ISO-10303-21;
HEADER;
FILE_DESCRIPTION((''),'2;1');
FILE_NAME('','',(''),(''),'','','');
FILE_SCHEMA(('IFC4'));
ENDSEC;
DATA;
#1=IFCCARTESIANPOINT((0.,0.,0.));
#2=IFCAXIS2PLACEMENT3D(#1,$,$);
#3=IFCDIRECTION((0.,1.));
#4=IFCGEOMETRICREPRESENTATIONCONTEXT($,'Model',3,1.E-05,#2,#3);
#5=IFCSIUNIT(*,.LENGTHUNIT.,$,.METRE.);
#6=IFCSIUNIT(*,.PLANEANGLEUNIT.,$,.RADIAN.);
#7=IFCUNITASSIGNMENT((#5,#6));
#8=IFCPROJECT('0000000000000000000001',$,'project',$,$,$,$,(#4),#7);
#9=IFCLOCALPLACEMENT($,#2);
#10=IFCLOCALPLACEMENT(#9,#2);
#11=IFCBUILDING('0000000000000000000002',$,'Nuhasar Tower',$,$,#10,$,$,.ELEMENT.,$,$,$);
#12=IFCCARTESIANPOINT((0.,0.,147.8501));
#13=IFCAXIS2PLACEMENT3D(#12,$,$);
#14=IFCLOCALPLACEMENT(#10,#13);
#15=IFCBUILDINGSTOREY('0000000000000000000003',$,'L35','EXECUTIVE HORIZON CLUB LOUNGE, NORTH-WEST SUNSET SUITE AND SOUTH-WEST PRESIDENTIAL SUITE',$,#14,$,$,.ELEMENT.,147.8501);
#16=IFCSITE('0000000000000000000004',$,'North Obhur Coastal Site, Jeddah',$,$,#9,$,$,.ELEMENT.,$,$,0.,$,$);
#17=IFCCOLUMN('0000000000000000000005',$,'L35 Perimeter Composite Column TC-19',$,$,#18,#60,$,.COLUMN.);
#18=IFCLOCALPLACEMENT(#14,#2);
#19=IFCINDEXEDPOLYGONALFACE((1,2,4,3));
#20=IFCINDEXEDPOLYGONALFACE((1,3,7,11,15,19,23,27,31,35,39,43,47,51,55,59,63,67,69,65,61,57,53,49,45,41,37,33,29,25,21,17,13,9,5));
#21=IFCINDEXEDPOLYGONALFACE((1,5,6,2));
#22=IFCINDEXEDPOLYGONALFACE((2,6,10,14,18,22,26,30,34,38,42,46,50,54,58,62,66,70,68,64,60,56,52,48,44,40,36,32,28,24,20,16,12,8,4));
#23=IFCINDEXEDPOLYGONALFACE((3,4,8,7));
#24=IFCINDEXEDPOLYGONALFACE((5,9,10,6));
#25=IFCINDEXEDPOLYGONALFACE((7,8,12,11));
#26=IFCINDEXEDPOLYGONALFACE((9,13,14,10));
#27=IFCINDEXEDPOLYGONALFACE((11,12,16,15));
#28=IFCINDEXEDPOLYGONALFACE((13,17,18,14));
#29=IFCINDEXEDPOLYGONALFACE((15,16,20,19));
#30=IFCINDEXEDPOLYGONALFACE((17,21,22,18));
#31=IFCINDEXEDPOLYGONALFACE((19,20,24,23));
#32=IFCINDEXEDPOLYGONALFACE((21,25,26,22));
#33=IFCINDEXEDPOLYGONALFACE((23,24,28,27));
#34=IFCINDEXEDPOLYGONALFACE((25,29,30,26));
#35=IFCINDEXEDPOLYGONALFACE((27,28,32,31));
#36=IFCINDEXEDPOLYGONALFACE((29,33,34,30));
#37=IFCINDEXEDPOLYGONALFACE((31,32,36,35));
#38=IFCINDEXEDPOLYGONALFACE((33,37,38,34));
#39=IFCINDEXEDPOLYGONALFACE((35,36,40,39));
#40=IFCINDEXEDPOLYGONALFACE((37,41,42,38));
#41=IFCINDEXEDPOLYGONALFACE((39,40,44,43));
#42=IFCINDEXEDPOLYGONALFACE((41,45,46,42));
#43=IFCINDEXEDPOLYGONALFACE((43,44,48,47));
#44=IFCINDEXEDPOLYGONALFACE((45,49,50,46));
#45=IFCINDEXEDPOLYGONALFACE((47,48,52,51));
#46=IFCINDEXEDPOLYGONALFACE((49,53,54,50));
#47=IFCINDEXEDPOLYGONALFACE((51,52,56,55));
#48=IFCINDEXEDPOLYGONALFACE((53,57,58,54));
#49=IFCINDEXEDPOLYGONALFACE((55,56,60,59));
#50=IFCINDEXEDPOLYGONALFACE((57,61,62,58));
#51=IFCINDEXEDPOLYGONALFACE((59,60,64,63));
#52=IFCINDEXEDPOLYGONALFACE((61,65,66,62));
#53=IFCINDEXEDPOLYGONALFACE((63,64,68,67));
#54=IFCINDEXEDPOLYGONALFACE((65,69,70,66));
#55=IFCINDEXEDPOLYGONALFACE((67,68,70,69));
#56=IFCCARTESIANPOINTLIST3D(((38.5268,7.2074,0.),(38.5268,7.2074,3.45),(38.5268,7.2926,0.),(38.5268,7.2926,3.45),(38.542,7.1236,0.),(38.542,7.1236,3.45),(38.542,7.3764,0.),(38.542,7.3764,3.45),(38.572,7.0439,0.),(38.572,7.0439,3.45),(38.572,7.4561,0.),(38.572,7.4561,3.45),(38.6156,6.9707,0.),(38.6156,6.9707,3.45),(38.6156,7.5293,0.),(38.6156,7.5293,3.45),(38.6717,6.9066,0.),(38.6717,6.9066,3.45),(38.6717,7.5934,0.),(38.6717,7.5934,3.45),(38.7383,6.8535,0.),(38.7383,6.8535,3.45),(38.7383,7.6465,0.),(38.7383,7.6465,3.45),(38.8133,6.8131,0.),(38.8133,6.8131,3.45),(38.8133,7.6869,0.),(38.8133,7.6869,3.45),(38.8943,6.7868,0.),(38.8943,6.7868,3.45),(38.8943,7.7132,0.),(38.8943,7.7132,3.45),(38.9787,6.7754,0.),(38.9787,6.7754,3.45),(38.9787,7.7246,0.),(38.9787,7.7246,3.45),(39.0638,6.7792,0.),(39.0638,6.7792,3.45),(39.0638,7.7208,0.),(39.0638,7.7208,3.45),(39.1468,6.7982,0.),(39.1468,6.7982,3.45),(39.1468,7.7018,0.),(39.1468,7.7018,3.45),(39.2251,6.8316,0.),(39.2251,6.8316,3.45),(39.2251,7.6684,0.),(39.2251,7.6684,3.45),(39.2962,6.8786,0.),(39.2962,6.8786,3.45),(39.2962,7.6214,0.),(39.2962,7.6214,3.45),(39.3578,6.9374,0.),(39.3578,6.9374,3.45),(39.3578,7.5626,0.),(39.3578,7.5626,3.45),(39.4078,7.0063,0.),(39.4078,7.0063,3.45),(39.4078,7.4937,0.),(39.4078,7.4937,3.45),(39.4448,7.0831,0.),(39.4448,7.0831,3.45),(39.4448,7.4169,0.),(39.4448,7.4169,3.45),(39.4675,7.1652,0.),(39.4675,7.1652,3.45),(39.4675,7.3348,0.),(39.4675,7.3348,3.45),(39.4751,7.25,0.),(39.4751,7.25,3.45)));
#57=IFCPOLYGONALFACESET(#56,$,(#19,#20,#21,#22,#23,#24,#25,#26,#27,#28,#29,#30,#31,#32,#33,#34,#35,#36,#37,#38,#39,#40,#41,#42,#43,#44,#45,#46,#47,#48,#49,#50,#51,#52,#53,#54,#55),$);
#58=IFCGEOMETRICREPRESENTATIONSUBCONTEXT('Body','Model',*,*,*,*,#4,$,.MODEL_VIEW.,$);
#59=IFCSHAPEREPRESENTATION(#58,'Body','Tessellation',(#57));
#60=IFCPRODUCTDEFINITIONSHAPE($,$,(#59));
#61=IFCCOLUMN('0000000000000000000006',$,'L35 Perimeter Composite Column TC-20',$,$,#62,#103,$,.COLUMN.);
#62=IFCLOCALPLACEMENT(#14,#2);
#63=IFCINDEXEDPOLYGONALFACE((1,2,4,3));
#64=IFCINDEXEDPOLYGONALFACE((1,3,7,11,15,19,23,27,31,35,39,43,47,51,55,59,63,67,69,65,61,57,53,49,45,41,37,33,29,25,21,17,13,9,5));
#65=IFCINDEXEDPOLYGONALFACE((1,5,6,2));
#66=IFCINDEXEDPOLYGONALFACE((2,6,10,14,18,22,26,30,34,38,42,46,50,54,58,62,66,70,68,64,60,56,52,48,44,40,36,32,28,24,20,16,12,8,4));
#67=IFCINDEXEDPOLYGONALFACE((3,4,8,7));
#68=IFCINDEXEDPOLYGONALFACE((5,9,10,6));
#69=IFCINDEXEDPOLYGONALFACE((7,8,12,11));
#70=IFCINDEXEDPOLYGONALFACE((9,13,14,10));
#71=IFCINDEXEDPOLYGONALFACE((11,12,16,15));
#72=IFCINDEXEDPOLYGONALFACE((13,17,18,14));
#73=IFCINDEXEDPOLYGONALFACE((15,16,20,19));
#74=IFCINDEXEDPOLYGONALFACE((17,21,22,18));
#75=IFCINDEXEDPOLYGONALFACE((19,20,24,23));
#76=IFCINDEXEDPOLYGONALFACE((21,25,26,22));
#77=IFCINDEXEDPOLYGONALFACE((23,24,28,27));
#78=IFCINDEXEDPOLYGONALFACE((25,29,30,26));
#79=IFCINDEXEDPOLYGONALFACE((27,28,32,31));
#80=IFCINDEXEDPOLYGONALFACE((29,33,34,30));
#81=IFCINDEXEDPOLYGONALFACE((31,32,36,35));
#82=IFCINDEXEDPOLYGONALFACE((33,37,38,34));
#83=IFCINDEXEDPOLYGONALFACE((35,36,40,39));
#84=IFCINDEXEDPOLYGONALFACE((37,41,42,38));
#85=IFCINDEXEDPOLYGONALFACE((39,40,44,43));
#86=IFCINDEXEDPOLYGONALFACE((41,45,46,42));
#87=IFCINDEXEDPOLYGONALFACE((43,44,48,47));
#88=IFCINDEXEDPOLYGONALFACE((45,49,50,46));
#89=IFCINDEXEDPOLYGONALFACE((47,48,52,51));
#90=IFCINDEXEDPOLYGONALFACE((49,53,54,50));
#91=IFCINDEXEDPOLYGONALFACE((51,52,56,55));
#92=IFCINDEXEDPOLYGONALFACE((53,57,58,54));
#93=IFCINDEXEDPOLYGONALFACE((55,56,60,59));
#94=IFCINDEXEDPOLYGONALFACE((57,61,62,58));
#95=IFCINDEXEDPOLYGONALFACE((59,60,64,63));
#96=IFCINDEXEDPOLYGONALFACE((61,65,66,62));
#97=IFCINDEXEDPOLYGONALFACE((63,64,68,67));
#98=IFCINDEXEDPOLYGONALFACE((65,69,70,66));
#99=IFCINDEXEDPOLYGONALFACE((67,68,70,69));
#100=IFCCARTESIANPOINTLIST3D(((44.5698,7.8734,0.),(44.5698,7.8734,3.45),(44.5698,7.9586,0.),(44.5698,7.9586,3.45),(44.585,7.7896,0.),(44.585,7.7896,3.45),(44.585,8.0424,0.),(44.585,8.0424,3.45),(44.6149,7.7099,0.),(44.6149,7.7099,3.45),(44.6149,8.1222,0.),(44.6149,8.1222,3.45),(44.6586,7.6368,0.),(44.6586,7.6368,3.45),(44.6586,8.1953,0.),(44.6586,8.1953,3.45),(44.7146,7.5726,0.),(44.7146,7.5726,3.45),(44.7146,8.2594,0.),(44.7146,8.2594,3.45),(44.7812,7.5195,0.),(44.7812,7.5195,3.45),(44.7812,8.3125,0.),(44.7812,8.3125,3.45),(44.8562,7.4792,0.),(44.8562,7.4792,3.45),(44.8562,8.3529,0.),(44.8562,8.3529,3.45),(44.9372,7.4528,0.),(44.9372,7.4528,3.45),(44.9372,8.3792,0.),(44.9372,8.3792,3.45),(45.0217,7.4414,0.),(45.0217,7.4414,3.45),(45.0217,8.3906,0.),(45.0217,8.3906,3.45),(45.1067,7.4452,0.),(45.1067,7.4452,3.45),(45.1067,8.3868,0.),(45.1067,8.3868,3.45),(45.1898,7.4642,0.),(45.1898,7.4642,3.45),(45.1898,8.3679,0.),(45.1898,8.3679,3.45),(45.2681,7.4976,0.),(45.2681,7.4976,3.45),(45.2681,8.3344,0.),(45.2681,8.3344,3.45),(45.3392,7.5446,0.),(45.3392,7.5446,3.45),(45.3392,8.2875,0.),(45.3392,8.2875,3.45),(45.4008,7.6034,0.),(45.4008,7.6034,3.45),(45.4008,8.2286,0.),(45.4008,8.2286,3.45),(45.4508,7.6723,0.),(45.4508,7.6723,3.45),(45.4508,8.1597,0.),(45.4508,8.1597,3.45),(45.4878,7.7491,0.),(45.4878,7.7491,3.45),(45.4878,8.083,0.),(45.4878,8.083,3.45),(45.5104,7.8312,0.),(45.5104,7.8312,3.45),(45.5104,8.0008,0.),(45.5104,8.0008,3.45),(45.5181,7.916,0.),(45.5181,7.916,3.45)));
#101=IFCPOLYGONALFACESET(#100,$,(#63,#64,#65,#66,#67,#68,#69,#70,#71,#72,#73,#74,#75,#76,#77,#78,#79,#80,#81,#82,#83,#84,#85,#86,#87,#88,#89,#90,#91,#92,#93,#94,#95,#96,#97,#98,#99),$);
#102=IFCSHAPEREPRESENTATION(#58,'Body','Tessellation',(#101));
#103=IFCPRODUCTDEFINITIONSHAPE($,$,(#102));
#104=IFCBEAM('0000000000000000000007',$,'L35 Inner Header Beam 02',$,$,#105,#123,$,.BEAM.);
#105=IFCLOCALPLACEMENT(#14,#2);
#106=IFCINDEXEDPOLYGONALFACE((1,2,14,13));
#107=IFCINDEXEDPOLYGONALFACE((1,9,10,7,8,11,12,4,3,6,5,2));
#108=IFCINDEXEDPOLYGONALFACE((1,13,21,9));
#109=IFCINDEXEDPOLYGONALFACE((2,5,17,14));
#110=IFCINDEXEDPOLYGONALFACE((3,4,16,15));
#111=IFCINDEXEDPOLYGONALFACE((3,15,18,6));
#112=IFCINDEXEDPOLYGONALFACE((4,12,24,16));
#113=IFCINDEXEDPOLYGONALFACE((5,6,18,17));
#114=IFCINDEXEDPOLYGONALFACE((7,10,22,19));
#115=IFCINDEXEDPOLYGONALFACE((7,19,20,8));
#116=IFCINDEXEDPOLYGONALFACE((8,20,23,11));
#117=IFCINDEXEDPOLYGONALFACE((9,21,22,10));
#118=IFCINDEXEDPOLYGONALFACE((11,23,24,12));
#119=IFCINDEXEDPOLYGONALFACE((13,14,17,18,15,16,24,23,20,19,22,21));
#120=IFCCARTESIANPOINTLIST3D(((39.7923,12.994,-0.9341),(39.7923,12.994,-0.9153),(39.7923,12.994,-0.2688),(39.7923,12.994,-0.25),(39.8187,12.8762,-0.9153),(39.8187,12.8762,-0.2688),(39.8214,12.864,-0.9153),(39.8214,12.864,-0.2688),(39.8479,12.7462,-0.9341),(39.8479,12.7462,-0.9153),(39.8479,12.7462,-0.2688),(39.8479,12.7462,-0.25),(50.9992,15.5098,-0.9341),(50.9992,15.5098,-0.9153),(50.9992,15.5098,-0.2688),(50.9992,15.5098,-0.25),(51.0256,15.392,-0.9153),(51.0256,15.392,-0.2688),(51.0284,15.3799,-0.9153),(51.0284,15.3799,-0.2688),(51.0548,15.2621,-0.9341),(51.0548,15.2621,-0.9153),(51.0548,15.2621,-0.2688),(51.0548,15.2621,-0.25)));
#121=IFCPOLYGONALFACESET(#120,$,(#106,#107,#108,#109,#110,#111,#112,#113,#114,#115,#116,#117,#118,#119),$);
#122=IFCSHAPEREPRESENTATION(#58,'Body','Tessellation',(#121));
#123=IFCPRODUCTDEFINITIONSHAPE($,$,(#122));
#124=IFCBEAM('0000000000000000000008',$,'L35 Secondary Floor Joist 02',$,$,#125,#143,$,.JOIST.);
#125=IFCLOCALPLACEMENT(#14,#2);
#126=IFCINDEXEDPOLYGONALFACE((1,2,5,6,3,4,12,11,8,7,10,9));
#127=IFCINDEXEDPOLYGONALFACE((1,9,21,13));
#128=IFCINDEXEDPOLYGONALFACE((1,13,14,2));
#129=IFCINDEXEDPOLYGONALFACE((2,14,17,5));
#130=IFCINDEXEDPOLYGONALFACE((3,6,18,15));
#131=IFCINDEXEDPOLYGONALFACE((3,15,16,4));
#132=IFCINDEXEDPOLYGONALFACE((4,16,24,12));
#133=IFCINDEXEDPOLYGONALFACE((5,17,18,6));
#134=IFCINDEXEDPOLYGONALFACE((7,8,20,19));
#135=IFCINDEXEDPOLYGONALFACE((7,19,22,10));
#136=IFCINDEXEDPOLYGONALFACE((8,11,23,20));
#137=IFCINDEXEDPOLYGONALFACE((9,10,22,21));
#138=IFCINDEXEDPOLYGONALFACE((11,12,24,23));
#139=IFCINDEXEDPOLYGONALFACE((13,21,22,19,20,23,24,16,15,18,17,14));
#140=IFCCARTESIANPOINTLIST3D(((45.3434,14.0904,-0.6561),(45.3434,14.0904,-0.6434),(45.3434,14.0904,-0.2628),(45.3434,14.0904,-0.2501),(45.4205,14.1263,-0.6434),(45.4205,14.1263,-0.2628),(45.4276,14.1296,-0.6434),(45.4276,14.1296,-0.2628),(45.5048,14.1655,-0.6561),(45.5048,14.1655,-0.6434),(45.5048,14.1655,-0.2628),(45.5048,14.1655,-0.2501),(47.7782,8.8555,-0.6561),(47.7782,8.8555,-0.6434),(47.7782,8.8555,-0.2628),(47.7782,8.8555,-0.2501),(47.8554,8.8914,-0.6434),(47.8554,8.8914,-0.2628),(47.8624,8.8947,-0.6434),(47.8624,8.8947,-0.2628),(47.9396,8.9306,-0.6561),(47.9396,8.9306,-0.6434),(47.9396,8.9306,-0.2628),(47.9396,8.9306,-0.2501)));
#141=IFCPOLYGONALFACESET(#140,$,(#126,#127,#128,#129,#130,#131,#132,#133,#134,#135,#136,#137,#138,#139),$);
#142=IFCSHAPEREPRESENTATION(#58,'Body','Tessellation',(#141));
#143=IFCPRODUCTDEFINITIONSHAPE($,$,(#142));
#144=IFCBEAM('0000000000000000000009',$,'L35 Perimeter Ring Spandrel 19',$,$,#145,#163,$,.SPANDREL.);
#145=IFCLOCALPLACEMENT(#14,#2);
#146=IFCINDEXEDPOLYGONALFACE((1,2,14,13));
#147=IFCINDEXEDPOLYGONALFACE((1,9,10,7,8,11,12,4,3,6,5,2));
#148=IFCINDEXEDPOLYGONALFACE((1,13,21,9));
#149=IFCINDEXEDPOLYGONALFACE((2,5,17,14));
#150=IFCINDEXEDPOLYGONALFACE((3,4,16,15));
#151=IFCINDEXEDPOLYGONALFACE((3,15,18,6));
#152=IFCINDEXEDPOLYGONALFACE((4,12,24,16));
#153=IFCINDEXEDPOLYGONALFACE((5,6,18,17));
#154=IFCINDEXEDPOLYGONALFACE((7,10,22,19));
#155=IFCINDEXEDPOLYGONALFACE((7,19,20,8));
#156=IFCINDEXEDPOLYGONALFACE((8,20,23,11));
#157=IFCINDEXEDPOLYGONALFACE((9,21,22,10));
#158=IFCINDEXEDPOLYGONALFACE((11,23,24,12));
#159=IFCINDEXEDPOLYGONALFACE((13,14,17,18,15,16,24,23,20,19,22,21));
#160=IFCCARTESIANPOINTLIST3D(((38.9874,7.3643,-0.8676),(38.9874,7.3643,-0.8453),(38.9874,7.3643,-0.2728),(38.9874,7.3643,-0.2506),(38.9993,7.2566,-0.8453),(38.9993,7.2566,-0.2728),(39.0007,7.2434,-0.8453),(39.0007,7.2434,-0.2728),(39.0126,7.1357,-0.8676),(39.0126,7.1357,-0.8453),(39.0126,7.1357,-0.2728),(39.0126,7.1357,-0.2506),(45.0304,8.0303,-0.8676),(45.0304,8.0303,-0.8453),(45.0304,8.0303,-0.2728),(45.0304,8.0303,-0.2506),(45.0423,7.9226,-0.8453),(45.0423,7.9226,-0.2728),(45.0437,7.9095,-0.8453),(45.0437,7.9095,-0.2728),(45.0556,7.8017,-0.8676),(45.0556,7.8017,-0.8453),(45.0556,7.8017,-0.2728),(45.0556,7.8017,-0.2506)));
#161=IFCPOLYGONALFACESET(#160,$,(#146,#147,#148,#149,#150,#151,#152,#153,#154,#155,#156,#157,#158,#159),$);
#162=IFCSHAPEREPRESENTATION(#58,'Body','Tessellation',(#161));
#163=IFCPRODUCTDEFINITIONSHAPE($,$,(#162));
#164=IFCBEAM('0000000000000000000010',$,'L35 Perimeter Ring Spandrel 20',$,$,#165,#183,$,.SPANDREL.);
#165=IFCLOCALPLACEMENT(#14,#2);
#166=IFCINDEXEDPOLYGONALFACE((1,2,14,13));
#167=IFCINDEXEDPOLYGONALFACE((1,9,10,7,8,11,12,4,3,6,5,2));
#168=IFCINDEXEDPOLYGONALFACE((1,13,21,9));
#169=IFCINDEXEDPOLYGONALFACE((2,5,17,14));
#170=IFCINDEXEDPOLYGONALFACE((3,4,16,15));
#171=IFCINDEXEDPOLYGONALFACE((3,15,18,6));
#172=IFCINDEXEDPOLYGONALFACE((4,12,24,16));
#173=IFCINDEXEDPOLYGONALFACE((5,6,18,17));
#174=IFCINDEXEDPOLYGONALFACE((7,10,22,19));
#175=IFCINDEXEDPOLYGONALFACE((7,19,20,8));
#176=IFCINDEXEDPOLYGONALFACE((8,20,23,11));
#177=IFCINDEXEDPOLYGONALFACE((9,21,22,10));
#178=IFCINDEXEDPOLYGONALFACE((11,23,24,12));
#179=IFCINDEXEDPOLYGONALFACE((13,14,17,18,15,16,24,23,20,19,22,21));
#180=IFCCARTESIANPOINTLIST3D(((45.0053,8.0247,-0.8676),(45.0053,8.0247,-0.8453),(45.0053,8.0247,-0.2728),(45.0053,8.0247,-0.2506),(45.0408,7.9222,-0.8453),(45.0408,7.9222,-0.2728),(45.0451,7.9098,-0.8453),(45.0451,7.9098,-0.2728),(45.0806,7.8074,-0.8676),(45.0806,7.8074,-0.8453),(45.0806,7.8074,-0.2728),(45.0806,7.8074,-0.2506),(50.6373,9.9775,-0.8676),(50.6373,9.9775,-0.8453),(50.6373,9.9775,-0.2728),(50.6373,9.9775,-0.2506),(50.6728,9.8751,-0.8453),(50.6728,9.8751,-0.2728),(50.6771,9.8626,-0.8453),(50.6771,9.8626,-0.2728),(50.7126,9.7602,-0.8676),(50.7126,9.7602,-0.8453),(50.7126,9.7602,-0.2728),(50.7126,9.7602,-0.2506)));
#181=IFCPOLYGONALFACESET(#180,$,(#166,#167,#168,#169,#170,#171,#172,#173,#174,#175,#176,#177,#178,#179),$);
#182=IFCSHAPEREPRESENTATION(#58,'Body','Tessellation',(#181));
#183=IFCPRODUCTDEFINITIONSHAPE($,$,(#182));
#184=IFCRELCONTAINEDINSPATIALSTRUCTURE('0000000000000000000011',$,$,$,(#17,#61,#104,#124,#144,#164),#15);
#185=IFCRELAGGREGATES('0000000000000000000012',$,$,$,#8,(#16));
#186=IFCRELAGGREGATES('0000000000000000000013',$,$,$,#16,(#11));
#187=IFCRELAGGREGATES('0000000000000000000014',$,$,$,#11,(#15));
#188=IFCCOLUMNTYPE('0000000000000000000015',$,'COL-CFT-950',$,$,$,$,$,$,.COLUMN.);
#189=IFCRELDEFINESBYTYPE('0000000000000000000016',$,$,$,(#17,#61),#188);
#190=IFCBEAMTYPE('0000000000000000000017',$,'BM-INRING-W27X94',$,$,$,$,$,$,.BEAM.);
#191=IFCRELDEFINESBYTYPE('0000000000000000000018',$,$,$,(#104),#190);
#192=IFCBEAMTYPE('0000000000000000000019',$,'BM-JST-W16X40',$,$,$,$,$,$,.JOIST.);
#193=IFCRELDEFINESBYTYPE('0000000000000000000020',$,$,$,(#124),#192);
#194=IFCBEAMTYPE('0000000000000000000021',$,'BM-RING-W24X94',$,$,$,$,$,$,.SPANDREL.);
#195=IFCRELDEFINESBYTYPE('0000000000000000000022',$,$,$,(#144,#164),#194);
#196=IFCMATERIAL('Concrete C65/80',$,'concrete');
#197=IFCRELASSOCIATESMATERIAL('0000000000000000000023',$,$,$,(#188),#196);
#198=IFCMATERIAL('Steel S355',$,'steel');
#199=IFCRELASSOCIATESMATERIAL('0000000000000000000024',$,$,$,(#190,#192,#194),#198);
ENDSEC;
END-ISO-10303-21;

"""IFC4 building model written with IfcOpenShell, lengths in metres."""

from ifc_helpers import new_model, si_unit, direction, frame, origin, origin_2d, place, context, subcontext, project, spatial, circle, i_section, extrude, material, material_profile, profile_set, type_object, element, save


model = new_model("IFC4")

# Units and contexts
model_context = context("Model", 3, precision=1e-05, world=origin(), true_north=direction((0.0, 1.0)))
body_context = subcontext(model_context, "Body", "Model", "MODEL_VIEW")
ifc_project = project(units=[si_unit("LENGTHUNIT", "METRE"), si_unit("PLANEANGLEUNIT", "RADIAN")], contexts=[model_context])

# Site, building, storey
site_placement = place(None, origin())
site = spatial("IfcSite", under=ifc_project, at=site_placement, Name="North Obhur Coastal Site, Jeddah", CompositionType="ELEMENT", RefElevation=0.0)
building_placement = place(site_placement, origin())
building = spatial("IfcBuilding", under=site, at=building_placement, Name="Nuhasar Tower", CompositionType="ELEMENT")
storey_placement = place(building_placement, frame((0.0, 0.0, 147.8501)))
storey = spatial("IfcBuildingStorey", under=building, at=storey_placement, Name="L35", Description="EXECUTIVE HORIZON CLUB LOUNGE, NORTH-WEST SUNSET SUITE AND SOUTH-WEST PRESIDENTIAL SUITE", CompositionType="ELEMENT", Elevation=147.8501)

# Columns
ifc_material_1 = material(Name="Concrete C65/80", Category="concrete")
ifc_material_profile_1 = material_profile(ifc_material_1, circle(Radius=0.4751, at=origin_2d()), Name="CFT950")
ifc_profile_set_1 = profile_set([ifc_material_profile_1], Name="Concrete C65/80")
column_type = type_object("IfcColumnType", Name="COL-CFT-950", PredefinedType="COLUMN", material=ifc_profile_set_1)
for number, where, z_axis, x_axis, name in (
    (1, (39.0, 7.25, 0.0), (0.0, 0.0, 1.0), (1.0, 0.0, 0.0), "L35 Perimeter Composite Column TC-19"),
    (2, (45.043, 7.916, 0.0), (0.0, 0.0, 1.0), (1.0, 0.0, 0.0), "L35 Perimeter Composite Column TC-20"),
):
    element("IfcColumn", number, at=place(storey_placement, frame(where, z_axis=z_axis, x_axis=x_axis)), inside=storey, type_object=column_type, Name=name, PredefinedType="COLUMN", context=body_context, shape_type="SweptSolid", body=[
        extrude(circle(Radius=0.4751, at=origin_2d()), origin(), (0.0, 0.0, 1.0), 3.45),
    ])

# Beams
ifc_material_2 = material(Name="Steel S355", Category="steel")
ifc_material_profile_2 = material_profile(ifc_material_2, i_section(OverallWidth=0.2539, OverallDepth=0.6841, WebThickness=0.0125, FlangeThickness=0.0188, at=origin_2d()), Name="W27X94")
ifc_profile_set_2 = profile_set([ifc_material_profile_2], Name="Steel S355")
beam_type_1 = type_object("IfcBeamType", Name="BM-INRING-W27X94", PredefinedType="BEAM", material=ifc_profile_set_2)
beam_1_placement = place(storey_placement, frame((39.8201, 12.8701, -0.592), z_axis=(0.975716, 0.219039, 0.0), x_axis=(-0.219039, 0.975716, 0.0)))
element("IfcBeam", 3, at=beam_1_placement, inside=storey, type_object=beam_type_1, Name="L35 Inner Header Beam 02", PredefinedType="BEAM", context=body_context, shape_type="SweptSolid", body=[
    extrude(i_section(OverallWidth=0.2539, OverallDepth=0.6841, WebThickness=0.0125, FlangeThickness=0.0188, at=origin_2d()), origin(), (0.0, 0.0, 1.0), 11.4858),
])
ifc_material_profile_3 = material_profile(ifc_material_2, i_section(OverallWidth=0.178, OverallDepth=0.406, WebThickness=0.0078, FlangeThickness=0.0127, at=origin_2d()), Name="W16X40")
ifc_profile_set_3 = profile_set([ifc_material_profile_3], Name="Steel S355")
beam_type_2 = type_object("IfcBeamType", Name="BM-JST-W16X40", PredefinedType="JOIST", material=ifc_profile_set_3)
beam_2_placement = place(storey_placement, frame((45.4241, 14.1279, -0.4531), z_axis=(0.42173, -0.906721, 0.0), x_axis=(0.906721, 0.42173, 0.0)))
element("IfcBeam", 4, at=beam_2_placement, inside=storey, type_object=beam_type_2, Name="L35 Secondary Floor Joist 02", PredefinedType="JOIST", context=body_context, shape_type="SweptSolid", body=[
    extrude(i_section(OverallWidth=0.178, OverallDepth=0.406, WebThickness=0.0078, FlangeThickness=0.0127, at=origin_2d()), origin(), (0.0, 0.0, 1.0), 5.7734),
])
ifc_material_profile_4 = material_profile(ifc_material_2, i_section(OverallWidth=0.23, OverallDepth=0.6169, WebThickness=0.0132, FlangeThickness=0.0222, at=origin_2d()), Name="W24X94")
ifc_profile_set_4 = profile_set([ifc_material_profile_4], Name="Steel S355")
beam_type_3 = type_object("IfcBeamType", Name="BM-RING-W24X94", PredefinedType="SPANDREL", material=ifc_profile_set_4)
beam_3_placement = place(storey_placement, frame((39.0, 7.25, -0.5591), z_axis=(0.993981, 0.10955, 0.0), x_axis=(-0.10955, 0.993981, 0.0)))
element("IfcBeam", 5, at=beam_3_placement, inside=storey, type_object=beam_type_3, Name="L35 Perimeter Ring Spandrel 19", PredefinedType="SPANDREL", context=body_context, shape_type="SweptSolid", body=[
    extrude(i_section(OverallWidth=0.23, OverallDepth=0.6169, WebThickness=0.0132, FlangeThickness=0.0222, at=origin_2d()), origin(), (0.0, 0.0, 1.0), 6.0796),
])
beam_4_placement = place(storey_placement, frame((45.043, 7.916, -0.5591), z_axis=(0.944814, 0.327607, 0.0), x_axis=(-0.327607, 0.944814, 0.0)))
element("IfcBeam", 6, at=beam_4_placement, inside=storey, type_object=beam_type_3, Name="L35 Perimeter Ring Spandrel 20", PredefinedType="SPANDREL", context=body_context, shape_type="SweptSolid", body=[
    extrude(i_section(OverallWidth=0.23, OverallDepth=0.6169, WebThickness=0.0132, FlangeThickness=0.0222, at=origin_2d()), origin(), (0.0, 0.0, 1.0), 5.9609),
])

save(model, "model.ifc")
